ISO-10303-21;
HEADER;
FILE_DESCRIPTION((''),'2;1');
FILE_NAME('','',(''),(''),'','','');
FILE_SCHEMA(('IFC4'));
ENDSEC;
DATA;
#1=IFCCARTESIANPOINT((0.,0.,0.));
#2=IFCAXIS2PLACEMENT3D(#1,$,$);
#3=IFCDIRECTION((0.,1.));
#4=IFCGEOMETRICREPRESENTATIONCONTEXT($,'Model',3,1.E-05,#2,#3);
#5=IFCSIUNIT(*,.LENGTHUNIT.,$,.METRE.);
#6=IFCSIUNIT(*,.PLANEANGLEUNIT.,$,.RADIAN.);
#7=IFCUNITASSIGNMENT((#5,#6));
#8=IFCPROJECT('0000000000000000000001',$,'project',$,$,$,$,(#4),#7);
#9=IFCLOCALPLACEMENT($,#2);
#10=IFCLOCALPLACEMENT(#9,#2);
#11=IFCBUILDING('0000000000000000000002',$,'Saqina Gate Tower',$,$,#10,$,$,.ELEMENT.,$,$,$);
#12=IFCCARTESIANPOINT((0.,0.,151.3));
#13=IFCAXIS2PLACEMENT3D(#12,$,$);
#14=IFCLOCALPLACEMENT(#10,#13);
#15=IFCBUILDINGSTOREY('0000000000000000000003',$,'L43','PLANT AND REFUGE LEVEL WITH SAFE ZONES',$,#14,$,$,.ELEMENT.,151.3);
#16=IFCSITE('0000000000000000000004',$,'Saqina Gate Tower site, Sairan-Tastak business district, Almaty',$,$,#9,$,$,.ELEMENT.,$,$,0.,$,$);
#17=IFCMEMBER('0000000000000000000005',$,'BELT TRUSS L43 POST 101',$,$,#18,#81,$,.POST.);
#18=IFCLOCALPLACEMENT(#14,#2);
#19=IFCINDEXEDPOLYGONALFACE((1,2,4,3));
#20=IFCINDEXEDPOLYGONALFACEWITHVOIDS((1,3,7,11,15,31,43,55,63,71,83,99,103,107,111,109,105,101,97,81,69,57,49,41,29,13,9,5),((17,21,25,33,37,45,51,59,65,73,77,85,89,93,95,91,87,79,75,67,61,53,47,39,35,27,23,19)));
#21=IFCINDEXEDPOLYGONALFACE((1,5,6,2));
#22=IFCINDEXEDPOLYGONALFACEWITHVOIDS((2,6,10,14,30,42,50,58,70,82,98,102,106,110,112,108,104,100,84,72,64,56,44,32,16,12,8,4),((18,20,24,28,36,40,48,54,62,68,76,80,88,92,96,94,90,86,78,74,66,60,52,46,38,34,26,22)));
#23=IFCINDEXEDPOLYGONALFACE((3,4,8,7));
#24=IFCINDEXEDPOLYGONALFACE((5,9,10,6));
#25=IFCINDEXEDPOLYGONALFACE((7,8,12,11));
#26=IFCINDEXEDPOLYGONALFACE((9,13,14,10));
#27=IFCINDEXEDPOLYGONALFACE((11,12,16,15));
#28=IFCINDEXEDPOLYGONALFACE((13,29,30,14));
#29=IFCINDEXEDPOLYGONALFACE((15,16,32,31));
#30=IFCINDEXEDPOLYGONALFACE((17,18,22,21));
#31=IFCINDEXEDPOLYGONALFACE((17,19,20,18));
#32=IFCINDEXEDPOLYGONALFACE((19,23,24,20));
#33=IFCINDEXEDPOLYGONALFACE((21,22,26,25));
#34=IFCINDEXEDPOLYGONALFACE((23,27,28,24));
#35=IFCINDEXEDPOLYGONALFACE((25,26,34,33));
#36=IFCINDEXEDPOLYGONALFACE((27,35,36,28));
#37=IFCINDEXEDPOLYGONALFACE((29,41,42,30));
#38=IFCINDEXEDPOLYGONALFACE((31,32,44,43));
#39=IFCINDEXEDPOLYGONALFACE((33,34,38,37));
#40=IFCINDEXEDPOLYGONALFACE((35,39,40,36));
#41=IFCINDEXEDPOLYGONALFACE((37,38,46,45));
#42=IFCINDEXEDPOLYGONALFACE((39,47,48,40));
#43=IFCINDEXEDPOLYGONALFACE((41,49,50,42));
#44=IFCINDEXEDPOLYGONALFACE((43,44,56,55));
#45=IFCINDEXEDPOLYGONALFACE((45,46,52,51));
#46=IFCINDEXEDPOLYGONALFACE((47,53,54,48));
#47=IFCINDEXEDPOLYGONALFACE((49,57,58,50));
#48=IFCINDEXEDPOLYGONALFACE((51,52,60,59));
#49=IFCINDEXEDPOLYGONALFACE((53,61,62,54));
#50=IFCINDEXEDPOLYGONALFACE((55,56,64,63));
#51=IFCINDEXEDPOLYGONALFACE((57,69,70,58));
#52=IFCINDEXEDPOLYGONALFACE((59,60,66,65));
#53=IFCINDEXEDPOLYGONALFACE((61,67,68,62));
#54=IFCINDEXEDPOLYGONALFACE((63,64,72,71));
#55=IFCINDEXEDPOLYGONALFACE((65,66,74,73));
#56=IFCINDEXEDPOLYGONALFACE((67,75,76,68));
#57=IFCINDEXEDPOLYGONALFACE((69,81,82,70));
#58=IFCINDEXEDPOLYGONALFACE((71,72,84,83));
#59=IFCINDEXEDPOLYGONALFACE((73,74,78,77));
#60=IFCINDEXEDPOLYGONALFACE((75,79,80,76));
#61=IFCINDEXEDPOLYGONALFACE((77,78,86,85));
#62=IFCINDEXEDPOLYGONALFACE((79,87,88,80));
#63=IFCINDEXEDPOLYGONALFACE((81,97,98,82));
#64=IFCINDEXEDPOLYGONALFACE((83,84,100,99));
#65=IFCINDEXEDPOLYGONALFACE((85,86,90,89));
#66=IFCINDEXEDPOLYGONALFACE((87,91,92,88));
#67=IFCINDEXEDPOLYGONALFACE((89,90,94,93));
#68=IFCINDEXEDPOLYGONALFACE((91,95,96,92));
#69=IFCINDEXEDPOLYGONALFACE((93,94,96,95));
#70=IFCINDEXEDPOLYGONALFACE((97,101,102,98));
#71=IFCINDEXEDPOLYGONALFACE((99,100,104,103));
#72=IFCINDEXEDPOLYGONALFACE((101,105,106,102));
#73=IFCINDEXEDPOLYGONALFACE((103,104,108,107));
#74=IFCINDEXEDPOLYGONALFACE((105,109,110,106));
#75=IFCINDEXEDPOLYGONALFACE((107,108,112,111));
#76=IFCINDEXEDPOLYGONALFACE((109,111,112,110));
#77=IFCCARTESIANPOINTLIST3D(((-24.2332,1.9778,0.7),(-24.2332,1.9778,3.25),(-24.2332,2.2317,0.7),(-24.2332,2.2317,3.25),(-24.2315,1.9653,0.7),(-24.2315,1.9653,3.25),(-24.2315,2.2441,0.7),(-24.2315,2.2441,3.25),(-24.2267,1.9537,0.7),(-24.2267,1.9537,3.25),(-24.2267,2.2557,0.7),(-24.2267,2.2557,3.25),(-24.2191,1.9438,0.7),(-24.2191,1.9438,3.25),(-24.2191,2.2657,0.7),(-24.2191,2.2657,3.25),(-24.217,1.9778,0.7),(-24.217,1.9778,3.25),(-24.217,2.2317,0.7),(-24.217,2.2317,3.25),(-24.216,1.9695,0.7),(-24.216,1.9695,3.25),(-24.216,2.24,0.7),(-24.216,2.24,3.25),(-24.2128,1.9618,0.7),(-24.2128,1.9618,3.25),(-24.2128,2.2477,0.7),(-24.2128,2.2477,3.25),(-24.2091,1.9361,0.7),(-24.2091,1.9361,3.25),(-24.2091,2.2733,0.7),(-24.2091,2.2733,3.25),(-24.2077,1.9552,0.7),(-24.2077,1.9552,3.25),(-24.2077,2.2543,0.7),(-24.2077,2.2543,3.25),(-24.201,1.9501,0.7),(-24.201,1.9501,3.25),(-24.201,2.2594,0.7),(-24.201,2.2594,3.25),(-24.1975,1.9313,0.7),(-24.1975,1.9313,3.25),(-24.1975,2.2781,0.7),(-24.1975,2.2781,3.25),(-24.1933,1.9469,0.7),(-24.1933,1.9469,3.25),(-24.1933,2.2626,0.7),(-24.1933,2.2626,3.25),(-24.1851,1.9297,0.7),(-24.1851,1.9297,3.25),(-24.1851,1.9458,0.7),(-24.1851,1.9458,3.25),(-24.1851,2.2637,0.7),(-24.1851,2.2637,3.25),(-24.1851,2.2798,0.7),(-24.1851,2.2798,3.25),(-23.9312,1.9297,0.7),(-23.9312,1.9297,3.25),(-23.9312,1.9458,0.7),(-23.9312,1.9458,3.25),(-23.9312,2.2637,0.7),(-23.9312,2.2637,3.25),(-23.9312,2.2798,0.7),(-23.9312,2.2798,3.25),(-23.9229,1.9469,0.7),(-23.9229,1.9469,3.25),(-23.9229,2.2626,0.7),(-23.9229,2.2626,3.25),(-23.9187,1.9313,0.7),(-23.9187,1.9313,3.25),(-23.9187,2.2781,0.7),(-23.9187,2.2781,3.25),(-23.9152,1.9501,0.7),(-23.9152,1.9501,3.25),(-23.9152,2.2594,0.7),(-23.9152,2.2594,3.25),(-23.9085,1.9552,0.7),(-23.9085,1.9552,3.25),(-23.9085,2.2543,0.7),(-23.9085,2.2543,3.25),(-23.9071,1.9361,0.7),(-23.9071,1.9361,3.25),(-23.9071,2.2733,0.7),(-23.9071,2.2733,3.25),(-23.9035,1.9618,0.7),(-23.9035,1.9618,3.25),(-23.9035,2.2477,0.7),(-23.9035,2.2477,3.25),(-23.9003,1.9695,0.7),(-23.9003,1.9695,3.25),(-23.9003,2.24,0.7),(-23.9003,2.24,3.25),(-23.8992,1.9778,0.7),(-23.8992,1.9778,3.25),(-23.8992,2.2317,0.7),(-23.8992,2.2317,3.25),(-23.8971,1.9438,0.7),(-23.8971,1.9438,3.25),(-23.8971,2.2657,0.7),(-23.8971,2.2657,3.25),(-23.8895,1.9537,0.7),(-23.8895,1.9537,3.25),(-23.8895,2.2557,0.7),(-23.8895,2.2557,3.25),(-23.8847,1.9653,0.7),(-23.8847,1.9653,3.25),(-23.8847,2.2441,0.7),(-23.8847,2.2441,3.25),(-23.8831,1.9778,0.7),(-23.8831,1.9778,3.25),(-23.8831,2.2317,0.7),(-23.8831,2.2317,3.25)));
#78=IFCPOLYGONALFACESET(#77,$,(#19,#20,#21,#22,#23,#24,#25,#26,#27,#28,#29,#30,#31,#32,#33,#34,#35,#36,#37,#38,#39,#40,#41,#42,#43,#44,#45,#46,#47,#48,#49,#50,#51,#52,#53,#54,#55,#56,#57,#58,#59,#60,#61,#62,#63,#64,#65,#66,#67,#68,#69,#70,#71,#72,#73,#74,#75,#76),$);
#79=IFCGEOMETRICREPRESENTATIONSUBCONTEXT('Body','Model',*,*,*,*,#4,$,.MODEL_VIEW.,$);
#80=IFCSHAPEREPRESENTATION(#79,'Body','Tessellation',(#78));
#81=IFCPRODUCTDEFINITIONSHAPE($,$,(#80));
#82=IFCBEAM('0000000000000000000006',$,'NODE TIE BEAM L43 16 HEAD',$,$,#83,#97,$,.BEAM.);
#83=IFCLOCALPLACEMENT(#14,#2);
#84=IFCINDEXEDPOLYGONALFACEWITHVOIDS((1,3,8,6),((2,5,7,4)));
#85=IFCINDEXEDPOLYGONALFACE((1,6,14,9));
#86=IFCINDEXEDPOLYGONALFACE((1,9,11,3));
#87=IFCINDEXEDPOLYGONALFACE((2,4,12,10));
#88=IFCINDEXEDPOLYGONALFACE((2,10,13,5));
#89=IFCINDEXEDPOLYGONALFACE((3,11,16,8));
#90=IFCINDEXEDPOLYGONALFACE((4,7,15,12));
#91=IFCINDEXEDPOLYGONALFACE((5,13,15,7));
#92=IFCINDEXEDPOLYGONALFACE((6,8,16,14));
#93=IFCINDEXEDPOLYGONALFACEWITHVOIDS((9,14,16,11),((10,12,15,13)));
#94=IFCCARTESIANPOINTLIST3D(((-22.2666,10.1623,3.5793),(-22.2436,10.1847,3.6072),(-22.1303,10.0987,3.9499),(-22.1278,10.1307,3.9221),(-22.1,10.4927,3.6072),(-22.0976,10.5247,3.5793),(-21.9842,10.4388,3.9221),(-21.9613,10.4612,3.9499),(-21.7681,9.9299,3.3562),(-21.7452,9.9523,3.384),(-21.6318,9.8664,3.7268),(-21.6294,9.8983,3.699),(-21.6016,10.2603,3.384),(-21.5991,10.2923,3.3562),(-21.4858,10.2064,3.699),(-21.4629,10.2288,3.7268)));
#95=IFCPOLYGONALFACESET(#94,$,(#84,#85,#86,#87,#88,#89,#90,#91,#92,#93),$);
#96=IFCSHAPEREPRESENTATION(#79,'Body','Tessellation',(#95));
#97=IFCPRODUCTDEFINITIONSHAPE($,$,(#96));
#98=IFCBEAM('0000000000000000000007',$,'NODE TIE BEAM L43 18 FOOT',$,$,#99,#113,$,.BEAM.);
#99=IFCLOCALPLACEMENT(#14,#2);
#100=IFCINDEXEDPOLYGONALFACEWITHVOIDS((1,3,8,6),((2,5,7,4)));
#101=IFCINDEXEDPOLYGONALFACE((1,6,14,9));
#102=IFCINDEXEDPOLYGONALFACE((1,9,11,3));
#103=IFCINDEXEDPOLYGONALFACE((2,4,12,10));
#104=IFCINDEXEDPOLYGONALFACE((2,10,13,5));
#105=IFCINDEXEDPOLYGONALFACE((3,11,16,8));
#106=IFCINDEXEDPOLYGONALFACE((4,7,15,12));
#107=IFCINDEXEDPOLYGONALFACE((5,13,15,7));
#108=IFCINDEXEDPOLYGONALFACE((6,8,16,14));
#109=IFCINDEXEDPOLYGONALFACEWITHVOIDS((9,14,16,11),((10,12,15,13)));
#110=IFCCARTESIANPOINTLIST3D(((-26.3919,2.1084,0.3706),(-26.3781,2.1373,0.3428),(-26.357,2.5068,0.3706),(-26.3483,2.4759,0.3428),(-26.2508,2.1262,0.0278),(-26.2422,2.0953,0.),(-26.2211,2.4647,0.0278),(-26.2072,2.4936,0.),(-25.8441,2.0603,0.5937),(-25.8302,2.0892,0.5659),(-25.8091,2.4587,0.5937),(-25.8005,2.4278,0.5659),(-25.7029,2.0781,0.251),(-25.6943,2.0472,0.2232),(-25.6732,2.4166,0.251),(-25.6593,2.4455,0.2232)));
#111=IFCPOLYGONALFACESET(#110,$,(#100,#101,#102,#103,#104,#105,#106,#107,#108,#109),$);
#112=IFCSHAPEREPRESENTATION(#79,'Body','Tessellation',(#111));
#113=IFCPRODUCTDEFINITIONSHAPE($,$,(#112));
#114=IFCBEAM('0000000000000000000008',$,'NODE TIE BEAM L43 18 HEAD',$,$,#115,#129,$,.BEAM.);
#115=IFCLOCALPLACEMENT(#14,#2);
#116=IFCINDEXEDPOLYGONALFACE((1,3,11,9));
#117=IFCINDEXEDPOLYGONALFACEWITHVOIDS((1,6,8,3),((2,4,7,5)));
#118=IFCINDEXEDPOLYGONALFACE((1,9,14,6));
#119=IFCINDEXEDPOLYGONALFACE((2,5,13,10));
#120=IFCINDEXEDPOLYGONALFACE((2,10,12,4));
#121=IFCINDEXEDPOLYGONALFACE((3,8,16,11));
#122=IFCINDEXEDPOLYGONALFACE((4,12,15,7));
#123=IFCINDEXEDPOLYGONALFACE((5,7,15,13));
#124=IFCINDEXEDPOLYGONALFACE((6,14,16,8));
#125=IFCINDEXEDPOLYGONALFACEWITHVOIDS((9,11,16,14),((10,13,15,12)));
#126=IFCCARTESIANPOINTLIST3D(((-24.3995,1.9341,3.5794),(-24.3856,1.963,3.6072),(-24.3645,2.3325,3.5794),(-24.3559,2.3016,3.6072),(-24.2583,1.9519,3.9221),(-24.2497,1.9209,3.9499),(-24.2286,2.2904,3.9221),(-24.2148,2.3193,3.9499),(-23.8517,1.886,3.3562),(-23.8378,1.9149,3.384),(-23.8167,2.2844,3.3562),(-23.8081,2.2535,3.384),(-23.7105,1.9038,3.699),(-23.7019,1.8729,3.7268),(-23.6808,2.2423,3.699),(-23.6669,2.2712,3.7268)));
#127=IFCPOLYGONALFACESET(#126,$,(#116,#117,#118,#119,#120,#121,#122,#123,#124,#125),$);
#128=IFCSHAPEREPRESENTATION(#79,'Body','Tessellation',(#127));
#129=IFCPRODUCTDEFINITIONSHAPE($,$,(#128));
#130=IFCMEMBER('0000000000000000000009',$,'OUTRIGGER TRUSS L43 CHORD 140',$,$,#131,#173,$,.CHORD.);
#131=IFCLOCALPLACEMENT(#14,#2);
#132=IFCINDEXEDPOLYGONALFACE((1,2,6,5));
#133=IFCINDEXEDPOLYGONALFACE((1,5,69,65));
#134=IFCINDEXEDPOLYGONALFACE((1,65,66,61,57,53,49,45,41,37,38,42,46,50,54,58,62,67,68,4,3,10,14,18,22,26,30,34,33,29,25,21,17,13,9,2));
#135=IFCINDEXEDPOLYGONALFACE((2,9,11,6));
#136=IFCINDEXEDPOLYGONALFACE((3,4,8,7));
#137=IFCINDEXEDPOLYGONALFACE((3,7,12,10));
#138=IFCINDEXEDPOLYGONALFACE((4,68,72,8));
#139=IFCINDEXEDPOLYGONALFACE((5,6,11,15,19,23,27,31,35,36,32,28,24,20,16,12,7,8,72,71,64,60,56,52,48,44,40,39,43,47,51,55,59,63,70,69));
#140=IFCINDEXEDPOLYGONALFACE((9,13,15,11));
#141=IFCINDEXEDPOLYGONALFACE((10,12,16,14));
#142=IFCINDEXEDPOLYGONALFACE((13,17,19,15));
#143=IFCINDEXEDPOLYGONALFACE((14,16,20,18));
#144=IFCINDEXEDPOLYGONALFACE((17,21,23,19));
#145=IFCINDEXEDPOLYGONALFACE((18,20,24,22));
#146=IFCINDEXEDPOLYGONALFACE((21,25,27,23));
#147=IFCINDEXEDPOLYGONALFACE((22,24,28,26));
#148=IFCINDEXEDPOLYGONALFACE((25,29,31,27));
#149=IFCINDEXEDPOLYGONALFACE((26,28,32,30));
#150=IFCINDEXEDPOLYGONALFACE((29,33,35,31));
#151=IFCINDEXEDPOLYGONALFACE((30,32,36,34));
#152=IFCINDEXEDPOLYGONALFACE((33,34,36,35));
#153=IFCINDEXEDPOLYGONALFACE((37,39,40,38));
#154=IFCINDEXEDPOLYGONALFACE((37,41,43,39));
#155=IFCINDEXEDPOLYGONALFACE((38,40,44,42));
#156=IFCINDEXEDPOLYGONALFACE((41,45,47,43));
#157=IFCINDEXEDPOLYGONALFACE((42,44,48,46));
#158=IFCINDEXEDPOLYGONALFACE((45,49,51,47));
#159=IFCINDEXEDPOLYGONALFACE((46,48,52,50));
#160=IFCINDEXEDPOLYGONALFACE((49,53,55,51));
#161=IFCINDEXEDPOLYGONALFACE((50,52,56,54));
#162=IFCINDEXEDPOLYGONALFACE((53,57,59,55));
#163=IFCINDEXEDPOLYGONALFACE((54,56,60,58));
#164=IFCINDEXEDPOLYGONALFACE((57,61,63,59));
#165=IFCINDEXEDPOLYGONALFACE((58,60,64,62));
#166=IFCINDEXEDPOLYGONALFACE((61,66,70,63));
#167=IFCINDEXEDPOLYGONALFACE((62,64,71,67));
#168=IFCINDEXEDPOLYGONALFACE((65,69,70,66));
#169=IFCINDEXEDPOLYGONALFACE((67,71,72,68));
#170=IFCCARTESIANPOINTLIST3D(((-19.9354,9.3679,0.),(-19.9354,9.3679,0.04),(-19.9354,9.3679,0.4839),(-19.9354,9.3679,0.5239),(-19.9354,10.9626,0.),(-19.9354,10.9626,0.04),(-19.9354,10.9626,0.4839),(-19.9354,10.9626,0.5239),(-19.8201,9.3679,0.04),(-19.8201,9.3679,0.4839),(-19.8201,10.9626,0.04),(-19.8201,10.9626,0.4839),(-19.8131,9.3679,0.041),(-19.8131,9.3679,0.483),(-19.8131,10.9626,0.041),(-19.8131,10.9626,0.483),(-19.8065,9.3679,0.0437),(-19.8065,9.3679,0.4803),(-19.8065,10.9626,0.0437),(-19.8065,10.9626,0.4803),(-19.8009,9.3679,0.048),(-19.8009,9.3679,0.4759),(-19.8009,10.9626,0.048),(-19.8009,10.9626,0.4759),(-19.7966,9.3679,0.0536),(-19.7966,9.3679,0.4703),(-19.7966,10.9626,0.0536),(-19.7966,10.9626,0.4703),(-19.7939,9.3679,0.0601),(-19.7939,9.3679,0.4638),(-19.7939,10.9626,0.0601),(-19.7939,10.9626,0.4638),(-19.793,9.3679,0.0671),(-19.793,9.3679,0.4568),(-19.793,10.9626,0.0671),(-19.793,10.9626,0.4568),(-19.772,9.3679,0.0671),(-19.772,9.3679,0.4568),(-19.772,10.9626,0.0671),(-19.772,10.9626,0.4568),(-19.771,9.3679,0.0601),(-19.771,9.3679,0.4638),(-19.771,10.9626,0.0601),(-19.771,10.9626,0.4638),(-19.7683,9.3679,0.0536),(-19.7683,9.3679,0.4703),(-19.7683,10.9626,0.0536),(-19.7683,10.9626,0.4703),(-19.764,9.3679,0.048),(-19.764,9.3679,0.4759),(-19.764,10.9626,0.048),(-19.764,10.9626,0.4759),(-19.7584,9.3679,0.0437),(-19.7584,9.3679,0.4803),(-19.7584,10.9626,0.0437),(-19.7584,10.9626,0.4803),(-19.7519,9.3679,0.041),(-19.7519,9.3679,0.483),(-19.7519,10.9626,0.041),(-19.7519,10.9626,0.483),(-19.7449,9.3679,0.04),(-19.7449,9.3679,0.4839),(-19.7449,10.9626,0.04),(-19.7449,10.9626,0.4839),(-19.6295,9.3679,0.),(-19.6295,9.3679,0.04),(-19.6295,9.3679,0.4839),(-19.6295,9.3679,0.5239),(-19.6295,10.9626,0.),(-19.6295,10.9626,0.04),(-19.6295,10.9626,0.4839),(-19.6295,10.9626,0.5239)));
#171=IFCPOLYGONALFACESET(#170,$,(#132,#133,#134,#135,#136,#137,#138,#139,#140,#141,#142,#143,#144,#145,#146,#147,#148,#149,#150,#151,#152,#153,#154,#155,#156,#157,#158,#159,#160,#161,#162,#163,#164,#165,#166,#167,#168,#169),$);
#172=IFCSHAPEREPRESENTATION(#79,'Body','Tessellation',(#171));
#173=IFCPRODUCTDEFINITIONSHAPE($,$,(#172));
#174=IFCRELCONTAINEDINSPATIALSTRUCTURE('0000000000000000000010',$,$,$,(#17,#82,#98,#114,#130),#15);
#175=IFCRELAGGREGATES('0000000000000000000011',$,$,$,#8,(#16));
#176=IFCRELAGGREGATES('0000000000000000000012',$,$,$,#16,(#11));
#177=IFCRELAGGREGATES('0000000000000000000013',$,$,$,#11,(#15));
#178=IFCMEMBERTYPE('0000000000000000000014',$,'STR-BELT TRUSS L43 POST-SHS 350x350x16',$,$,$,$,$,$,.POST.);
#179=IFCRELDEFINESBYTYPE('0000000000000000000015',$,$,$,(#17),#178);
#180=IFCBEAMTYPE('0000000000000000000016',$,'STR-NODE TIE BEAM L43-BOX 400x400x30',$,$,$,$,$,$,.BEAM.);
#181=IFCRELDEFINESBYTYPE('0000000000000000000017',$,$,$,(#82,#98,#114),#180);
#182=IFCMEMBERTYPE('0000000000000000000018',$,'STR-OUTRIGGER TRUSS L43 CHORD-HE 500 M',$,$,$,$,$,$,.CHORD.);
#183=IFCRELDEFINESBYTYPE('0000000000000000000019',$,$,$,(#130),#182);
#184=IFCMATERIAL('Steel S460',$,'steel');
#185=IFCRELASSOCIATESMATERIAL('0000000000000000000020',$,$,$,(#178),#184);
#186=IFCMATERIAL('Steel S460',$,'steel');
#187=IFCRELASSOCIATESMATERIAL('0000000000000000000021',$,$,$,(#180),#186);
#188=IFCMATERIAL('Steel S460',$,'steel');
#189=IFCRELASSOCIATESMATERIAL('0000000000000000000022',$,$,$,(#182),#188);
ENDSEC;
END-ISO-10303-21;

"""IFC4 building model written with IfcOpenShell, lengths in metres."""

from ifc_helpers import new_model, si_unit, direction, frame, origin, origin_2d, place, context, subcontext, project, spatial, hollow_rectangle, i_section, extrude, material, material_profile, profile_set, type_object, element, save


model = new_model("IFC4")

# Units and contexts
model_context = context("Model", 3, precision=1e-05, world=origin(), true_north=direction((0.0, 1.0)))
body_context = subcontext(model_context, "Body", "Model", "MODEL_VIEW")
ifc_project = project(units=[si_unit("LENGTHUNIT", "METRE"), si_unit("PLANEANGLEUNIT", "RADIAN")], contexts=[model_context])

# Site, building, storey
site_placement = place(None, origin())
site = spatial("IfcSite", under=ifc_project, at=site_placement, Name="Saqina Gate Tower site, Sairan-Tastak business district, Almaty", CompositionType="ELEMENT", RefElevation=0.0)
building_placement = place(site_placement, origin())
building = spatial("IfcBuilding", under=site, at=building_placement, Name="Saqina Gate Tower", CompositionType="ELEMENT")
storey_placement = place(building_placement, frame((0.0, 0.0, 151.3)))
storey = spatial("IfcBuildingStorey", under=building, at=storey_placement, Name="L43", Description="PLANT AND REFUGE LEVEL WITH SAFE ZONES", CompositionType="ELEMENT", Elevation=151.3)

# Member
ifc_material_1 = material(Name="Steel S460", Category="steel")
ifc_material_profile_1 = material_profile(ifc_material_1, hollow_rectangle(XDim=0.3501, YDim=0.3501, WallThickness=0.0161, InnerFilletRadius=0.032, OuterFilletRadius=0.0481, at=origin_2d()), Name="SHS 350x350x16")
ifc_profile_set_1 = profile_set([ifc_material_profile_1], Name="Steel S460")
member_type_1 = type_object("IfcMemberType", Name="STR-BELT TRUSS L43 POST-SHS 350x350x16", PredefinedType="POST", material=ifc_profile_set_1)
for number, where, z_axis, x_axis, name in (
    (1, (-24.0581, 2.1047, 0.7), (0.0, 0.0, 1.0), (1.0, 0.0, 0.0), "BELT TRUSS L43 POST 101"),
):
    element("IfcMember", number, at=place(storey_placement, frame(where, z_axis=z_axis, x_axis=x_axis)), inside=storey, type_object=member_type_1, Name=name, PredefinedType="POST", context=body_context, shape_type="SweptSolid", body=[
        extrude(hollow_rectangle(XDim=0.3501, YDim=0.3501, WallThickness=0.0161, InnerFilletRadius=0.032, OuterFilletRadius=0.0481, at=origin_2d()), origin(), (0.0, 0.0, 1.0), 2.55),
    ])

# Beams
ifc_material_2 = material(Name="Steel S460", Category="steel")
ifc_material_profile_2 = material_profile(ifc_material_2, hollow_rectangle(XDim=0.3999, YDim=0.3999, WallThickness=0.03, at=origin_2d()), Name="BOX 400x400x30")
ifc_profile_set_2 = profile_set([ifc_material_profile_2], Name="Steel S460")
beam_type = type_object("IfcBeamType", Name="STR-NODE TIE BEAM L43-BOX 400x400x30", PredefinedType="BEAM", material=ifc_profile_set_2)
for number, where, z_axis, x_axis, name in (
    (2, (-21.6155, 10.0793, 3.5415), (-0.839863, 0.391552, 0.375923), (-0.422545, -0.906342, 0.0), "NODE TIE BEAM L43 16 HEAD"),
    (3, (-26.2996, 2.301, 0.1853), (0.923078, -0.081037, 0.375978), (0.087453, 0.996169, 0.0), "NODE TIE BEAM L43 18 FOOT"),
    (4, (-23.7593, 2.0786, 3.5415), (-0.923078, 0.081037, 0.375978), (-0.087453, -0.996169, 0.0), "NODE TIE BEAM L43 18 HEAD"),
):
    element("IfcBeam", number, at=place(storey_placement, frame(where, z_axis=z_axis, x_axis=x_axis)), inside=storey, type_object=beam_type, Name=name, PredefinedType="BEAM", context=body_context, shape_type="SweptSolid", body=[
        extrude(hollow_rectangle(XDim=0.3999, YDim=0.3999, WallThickness=0.03, at=origin_2d()), origin(), (0.0, 0.0, 1.0), 0.5935),
    ])

# Member
ifc_material_3 = material(Name="Steel S460", Category="steel")
ifc_material_profile_3 = material_profile(ifc_material_3, i_section(OverallWidth=0.3059, OverallDepth=0.5239, WebThickness=0.021, FlangeThickness=0.04, FilletRadius=0.0271, at=origin_2d()), Name="HE 500 M")
ifc_profile_set_3 = profile_set([ifc_material_profile_3], Name="Steel S460")
member_type_2 = type_object("IfcMemberType", Name="STR-OUTRIGGER TRUSS L43 CHORD-HE 500 M", PredefinedType="CHORD", material=ifc_profile_set_3)
for number, where, z_axis, x_axis, name in (
    (5, (-19.7825, 9.3679, 0.262), (0.0, 1.0, 0.0), (-1.0, 0.0, 0.0), "OUTRIGGER TRUSS L43 CHORD 140"),
):
    element("IfcMember", number, at=place(storey_placement, frame(where, z_axis=z_axis, x_axis=x_axis)), inside=storey, type_object=member_type_2, Name=name, PredefinedType="CHORD", context=body_context, shape_type="SweptSolid", body=[
        extrude(i_section(OverallWidth=0.3059, OverallDepth=0.5239, WebThickness=0.021, FlangeThickness=0.04, FilletRadius=0.0271, at=origin_2d()), origin(), (0.0, 0.0, 1.0), 1.5947),
    ])

save(model, "model.ifc")
